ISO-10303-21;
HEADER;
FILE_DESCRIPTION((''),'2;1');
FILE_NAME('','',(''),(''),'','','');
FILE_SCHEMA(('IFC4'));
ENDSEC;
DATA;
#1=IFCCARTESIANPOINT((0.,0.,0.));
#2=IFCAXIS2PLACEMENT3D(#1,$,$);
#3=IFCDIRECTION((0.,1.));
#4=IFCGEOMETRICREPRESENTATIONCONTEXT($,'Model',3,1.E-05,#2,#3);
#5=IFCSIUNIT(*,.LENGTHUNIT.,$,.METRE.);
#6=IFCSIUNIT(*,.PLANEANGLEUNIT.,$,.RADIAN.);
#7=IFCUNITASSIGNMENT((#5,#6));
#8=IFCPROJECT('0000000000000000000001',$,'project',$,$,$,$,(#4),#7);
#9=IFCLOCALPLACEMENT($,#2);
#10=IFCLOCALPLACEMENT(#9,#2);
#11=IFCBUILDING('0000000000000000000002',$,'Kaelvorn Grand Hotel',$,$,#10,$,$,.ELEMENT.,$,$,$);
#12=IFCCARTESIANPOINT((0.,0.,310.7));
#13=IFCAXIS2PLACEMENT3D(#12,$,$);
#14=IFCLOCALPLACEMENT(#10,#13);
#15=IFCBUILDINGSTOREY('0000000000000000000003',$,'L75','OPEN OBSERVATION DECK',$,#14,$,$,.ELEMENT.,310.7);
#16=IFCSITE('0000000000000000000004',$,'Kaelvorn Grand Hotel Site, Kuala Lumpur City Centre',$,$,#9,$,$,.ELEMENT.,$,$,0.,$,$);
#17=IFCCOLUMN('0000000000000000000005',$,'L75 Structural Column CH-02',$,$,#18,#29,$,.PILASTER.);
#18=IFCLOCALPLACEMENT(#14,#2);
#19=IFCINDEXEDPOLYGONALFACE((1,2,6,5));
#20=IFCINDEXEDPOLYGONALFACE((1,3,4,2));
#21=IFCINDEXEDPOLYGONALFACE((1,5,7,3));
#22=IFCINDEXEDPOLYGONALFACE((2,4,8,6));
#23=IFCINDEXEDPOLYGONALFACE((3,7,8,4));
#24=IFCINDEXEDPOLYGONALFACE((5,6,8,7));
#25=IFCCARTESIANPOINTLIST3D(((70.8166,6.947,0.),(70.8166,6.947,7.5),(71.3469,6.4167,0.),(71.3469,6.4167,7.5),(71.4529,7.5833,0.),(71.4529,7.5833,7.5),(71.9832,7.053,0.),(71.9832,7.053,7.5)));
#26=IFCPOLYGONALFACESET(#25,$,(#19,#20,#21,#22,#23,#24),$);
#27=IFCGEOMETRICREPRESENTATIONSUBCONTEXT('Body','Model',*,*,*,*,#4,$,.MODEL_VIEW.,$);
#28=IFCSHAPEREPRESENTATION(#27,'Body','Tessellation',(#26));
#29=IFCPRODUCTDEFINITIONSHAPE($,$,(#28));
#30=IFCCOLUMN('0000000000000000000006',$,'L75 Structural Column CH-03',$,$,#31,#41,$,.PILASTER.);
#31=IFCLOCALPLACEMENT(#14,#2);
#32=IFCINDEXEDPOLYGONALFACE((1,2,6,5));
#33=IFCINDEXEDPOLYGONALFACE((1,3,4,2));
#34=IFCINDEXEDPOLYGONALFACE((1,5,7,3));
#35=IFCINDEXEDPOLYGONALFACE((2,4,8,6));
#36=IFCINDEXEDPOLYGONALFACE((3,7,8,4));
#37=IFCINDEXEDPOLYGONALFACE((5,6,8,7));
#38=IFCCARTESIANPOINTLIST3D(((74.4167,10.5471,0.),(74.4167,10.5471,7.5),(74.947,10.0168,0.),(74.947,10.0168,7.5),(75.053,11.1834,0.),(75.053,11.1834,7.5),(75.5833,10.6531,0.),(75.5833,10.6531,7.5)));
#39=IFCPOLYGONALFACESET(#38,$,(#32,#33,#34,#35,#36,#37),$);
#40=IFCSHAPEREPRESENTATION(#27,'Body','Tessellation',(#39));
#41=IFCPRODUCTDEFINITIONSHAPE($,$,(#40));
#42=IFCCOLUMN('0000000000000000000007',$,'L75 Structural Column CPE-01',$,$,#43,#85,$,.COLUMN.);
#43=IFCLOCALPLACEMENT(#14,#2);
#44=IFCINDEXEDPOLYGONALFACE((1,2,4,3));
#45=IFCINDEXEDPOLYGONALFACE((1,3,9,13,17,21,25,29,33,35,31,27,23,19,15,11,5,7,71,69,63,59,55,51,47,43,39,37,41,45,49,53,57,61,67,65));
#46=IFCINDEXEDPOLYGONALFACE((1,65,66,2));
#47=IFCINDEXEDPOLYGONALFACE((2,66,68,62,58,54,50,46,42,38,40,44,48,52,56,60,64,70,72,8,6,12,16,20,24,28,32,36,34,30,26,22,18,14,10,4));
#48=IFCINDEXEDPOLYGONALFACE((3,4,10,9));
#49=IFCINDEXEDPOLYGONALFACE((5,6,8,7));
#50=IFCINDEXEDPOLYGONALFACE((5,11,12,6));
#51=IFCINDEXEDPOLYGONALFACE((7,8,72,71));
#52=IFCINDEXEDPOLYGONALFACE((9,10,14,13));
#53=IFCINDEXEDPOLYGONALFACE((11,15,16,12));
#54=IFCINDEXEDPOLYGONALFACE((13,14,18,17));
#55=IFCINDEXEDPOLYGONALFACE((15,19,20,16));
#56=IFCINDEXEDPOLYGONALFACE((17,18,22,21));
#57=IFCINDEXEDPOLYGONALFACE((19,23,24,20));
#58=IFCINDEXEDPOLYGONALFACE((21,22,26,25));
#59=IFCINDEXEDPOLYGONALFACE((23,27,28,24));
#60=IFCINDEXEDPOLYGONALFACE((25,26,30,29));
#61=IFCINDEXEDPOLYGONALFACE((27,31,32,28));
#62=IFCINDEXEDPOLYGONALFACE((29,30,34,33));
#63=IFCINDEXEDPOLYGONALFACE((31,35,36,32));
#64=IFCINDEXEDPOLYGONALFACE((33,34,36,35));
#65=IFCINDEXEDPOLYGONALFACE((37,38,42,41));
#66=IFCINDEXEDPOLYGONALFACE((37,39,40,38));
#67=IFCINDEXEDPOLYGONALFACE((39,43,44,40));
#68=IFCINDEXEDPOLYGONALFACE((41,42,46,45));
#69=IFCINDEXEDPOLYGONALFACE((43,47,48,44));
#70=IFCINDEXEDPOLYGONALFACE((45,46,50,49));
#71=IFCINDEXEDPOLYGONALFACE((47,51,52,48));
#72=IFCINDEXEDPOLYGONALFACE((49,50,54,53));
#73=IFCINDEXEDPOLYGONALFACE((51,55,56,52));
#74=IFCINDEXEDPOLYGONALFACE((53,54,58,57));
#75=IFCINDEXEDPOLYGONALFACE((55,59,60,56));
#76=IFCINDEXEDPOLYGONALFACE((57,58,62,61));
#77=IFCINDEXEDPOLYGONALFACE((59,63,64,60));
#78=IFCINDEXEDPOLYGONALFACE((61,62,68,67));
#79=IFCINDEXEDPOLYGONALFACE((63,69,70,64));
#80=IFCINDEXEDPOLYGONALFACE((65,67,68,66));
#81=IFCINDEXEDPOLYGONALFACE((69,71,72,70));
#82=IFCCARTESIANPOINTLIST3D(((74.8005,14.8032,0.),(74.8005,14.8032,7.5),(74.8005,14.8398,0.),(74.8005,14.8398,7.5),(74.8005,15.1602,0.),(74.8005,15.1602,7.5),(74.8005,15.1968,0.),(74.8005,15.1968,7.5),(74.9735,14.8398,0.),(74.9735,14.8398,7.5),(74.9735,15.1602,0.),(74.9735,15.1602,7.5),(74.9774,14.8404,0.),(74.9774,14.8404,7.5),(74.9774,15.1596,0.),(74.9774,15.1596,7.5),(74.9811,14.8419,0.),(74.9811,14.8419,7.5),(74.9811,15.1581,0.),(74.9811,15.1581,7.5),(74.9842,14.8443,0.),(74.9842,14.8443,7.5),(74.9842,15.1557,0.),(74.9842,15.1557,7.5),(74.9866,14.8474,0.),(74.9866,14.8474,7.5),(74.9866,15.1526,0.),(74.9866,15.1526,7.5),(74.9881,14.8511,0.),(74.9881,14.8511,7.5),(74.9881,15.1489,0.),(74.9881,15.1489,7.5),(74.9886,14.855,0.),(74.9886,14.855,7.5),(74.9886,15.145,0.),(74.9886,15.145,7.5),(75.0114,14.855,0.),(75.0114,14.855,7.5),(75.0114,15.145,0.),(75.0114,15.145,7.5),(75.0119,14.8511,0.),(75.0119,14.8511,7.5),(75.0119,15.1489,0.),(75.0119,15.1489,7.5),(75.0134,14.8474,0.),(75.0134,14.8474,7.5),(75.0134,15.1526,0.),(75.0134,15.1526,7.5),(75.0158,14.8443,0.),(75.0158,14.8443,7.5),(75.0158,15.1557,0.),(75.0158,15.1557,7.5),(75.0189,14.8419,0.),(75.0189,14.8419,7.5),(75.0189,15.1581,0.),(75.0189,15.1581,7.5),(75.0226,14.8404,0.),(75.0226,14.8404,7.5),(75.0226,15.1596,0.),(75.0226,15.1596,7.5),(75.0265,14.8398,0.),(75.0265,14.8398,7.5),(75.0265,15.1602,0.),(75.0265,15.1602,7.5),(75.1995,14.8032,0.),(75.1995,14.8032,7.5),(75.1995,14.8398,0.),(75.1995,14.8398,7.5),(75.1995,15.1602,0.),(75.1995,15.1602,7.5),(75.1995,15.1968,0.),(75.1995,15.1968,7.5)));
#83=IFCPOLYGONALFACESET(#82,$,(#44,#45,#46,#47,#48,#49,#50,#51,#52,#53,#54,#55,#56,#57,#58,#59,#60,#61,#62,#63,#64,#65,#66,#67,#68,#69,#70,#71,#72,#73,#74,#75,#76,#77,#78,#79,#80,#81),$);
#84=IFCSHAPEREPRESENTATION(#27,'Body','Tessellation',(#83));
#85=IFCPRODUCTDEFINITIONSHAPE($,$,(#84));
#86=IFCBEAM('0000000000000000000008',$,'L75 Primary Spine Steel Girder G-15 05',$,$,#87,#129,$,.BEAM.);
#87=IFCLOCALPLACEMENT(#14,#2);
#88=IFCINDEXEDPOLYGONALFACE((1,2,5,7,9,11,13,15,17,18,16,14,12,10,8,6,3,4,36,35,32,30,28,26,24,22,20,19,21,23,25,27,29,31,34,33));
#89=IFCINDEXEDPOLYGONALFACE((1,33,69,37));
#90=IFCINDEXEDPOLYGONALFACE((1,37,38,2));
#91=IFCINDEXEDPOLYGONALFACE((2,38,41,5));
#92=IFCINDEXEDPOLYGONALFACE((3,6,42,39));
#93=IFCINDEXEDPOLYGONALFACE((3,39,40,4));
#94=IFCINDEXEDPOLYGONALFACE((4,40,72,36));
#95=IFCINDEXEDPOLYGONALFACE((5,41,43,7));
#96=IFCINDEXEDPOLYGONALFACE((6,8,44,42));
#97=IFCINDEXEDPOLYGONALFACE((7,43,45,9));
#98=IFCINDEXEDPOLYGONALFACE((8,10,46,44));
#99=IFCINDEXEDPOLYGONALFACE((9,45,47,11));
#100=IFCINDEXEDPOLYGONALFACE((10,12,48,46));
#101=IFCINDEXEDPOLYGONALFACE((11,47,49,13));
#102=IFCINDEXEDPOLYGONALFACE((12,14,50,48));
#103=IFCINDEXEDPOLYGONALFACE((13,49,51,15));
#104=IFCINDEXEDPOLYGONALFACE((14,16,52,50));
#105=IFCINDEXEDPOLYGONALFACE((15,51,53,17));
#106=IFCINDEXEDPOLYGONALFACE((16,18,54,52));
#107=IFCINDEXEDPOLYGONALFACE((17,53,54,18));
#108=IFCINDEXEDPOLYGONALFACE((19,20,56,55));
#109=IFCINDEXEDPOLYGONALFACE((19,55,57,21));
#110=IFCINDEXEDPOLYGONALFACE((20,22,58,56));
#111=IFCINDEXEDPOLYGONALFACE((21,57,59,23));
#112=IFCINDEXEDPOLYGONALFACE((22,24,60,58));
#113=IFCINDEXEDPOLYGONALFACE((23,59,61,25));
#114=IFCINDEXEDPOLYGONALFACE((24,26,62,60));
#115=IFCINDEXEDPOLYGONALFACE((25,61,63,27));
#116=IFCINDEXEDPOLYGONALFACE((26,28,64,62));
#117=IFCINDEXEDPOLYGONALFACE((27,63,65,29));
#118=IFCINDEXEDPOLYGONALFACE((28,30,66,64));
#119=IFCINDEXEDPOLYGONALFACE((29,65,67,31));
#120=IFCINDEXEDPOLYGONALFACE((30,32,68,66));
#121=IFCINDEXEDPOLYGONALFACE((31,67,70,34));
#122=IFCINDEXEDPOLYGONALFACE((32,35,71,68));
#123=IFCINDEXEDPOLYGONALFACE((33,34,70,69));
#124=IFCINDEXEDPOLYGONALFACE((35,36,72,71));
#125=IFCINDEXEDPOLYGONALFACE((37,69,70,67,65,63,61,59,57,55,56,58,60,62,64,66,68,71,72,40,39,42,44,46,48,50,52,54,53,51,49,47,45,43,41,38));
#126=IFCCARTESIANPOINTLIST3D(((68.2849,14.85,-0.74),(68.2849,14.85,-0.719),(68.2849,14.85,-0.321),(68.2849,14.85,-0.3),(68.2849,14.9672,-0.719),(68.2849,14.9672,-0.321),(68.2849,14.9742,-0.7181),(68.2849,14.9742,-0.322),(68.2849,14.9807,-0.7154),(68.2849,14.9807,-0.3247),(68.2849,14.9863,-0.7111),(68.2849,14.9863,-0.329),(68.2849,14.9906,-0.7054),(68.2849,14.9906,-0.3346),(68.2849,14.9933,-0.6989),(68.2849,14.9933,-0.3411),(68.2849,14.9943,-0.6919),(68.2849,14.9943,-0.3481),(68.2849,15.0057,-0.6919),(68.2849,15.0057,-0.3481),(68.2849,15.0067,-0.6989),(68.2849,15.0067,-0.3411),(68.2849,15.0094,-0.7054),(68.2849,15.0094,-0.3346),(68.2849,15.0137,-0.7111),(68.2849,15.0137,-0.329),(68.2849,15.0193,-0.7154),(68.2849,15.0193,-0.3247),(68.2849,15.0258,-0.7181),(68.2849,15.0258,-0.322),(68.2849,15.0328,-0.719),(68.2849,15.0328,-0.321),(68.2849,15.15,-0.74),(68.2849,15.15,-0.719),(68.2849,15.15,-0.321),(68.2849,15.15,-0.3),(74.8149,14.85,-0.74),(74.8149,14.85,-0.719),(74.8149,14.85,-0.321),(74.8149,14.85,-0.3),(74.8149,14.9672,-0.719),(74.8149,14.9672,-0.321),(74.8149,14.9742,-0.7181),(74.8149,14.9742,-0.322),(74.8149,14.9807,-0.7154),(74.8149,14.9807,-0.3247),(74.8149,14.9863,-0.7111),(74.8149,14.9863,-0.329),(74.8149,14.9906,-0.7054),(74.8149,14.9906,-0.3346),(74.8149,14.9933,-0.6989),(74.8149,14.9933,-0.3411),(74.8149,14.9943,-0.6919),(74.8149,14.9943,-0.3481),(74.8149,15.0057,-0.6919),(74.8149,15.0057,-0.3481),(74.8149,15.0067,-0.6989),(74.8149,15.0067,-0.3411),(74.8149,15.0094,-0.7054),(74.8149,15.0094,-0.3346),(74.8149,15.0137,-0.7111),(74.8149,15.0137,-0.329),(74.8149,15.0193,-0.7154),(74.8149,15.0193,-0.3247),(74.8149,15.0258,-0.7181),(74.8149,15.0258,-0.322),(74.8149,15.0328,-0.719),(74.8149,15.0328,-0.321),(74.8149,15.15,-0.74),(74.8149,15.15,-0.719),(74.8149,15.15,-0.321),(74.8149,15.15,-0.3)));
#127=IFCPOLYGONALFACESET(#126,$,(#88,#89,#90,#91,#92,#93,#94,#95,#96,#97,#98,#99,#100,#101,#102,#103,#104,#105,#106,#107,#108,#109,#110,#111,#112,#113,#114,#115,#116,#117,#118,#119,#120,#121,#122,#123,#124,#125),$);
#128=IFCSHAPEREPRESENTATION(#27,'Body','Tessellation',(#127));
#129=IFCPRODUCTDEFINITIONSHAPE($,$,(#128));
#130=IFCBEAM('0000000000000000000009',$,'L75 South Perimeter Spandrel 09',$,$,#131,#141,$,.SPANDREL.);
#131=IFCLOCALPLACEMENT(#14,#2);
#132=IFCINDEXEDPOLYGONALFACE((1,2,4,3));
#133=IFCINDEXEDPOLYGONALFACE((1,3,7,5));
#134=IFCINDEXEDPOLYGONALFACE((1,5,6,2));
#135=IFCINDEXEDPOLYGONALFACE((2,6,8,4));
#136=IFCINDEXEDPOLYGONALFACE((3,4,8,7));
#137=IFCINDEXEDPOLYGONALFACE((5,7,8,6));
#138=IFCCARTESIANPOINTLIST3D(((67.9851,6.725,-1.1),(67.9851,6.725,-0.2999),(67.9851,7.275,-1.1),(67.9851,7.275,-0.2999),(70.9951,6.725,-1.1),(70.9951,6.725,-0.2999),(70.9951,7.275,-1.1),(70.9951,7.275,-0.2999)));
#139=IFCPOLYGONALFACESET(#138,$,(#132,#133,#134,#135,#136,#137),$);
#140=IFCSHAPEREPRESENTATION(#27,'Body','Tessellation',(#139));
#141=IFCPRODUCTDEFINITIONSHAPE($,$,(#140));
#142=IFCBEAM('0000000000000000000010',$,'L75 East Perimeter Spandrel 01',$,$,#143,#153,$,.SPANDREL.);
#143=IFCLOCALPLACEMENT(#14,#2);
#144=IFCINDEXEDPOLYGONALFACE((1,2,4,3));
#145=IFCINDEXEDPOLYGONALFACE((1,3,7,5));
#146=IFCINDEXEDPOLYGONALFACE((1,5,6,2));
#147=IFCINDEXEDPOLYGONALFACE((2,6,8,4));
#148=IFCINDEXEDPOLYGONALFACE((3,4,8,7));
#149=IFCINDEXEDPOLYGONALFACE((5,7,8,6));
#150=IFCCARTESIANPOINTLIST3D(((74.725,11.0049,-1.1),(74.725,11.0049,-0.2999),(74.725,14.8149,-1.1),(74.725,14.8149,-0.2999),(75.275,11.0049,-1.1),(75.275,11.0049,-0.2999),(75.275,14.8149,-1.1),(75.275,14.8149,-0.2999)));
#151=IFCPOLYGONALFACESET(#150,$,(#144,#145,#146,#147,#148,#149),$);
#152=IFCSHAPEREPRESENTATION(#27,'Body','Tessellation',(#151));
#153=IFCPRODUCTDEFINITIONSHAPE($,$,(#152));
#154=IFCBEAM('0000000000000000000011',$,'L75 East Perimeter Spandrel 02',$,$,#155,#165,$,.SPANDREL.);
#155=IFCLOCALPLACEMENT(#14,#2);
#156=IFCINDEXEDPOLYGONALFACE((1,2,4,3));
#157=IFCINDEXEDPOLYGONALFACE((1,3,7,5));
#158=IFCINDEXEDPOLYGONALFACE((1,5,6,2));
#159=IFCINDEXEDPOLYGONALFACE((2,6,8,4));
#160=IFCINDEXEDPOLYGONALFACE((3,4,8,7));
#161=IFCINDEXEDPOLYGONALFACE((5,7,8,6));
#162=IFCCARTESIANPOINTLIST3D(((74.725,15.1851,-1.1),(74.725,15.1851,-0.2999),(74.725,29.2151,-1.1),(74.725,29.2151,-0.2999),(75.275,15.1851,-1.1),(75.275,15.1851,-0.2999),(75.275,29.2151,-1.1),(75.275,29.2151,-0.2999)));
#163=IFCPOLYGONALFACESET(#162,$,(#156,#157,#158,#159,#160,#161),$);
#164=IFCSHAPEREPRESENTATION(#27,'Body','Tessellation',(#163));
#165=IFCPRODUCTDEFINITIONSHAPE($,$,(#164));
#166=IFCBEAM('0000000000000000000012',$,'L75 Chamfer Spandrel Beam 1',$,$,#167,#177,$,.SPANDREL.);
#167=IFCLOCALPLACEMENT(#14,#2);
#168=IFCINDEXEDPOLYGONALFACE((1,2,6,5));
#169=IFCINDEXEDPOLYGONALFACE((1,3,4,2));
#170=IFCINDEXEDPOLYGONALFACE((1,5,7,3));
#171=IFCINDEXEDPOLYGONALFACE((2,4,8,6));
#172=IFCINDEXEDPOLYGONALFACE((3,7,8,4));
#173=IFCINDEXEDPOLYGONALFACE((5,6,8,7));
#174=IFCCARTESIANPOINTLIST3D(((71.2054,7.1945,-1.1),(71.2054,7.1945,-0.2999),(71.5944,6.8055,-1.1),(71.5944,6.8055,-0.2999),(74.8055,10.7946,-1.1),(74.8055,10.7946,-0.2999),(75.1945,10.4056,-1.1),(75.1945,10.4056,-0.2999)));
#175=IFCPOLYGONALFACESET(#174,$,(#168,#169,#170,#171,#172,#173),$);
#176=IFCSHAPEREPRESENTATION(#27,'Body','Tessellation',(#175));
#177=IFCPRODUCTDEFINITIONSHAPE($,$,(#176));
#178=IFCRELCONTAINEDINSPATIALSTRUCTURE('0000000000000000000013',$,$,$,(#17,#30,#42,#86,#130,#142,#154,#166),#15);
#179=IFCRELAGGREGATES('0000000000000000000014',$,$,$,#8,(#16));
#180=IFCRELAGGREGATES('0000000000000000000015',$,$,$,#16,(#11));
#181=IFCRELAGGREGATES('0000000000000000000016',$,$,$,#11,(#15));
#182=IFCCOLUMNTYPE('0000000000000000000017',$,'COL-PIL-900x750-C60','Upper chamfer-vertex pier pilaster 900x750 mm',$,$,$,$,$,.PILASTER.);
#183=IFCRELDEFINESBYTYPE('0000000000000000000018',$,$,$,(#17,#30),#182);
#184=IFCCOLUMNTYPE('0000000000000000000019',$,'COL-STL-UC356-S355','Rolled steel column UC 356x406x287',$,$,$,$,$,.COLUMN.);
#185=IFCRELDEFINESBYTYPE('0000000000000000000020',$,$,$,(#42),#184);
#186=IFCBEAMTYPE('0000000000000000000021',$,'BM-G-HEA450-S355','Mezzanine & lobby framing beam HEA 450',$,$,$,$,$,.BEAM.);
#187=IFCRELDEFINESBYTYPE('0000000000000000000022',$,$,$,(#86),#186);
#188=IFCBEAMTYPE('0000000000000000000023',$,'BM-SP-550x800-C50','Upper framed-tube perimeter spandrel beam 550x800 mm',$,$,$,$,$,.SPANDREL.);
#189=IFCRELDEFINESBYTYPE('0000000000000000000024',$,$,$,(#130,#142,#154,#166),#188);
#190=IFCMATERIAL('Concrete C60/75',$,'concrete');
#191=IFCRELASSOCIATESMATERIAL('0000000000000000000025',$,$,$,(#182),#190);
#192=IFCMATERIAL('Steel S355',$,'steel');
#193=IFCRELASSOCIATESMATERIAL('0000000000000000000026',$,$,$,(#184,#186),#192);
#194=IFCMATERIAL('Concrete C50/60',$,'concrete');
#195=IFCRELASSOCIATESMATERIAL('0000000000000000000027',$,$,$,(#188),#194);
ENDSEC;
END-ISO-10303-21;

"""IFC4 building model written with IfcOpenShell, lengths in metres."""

from ifc_helpers import new_model, si_unit, direction, frame, origin, origin_2d, place, context, subcontext, project, spatial, rectangle, i_section, extrude, material, material_profile, profile_set, type_object, element, save


model = new_model("IFC4")

# Units and contexts
model_context = context("Model", 3, precision=1e-05, world=origin(), true_north=direction((0.0, 1.0)))
body_context = subcontext(model_context, "Body", "Model", "MODEL_VIEW")
ifc_project = project(units=[si_unit("LENGTHUNIT", "METRE"), si_unit("PLANEANGLEUNIT", "RADIAN")], contexts=[model_context])

# Site, building, storey
site_placement = place(None, origin())
site = spatial("IfcSite", under=ifc_project, at=site_placement, Name="Kaelvorn Grand Hotel Site, Kuala Lumpur City Centre", CompositionType="ELEMENT", RefElevation=0.0)
building_placement = place(site_placement, origin())
building = spatial("IfcBuilding", under=site, at=building_placement, Name="Kaelvorn Grand Hotel", CompositionType="ELEMENT")
storey_placement = place(building_placement, frame((0.0, 0.0, 310.7)))
storey = spatial("IfcBuildingStorey", under=building, at=storey_placement, Name="L75", Description="OPEN OBSERVATION DECK", CompositionType="ELEMENT", Elevation=310.7)

# Columns
ifc_material_1 = material(Name="Concrete C60/75", Category="concrete")
ifc_material_profile_1 = material_profile(ifc_material_1, rectangle(XDim=0.8999, YDim=0.75, at=origin_2d()), Name="RC PILASTER 900x750")
ifc_profile_set_1 = profile_set([ifc_material_profile_1], Name="Concrete C60/75")
column_type_1 = type_object("IfcColumnType", Name="COL-PIL-900x750-C60", Description="Upper chamfer-vertex pier pilaster 900x750 mm", PredefinedType="PILASTER", material=ifc_profile_set_1)
for number, where, z_axis, x_axis, name in (
    (1, (71.3999, 7.0, 0.0), (0.0, 0.0, 1.0), (0.707107, 0.707107, 0.0), "L75 Structural Column CH-02"),
    (2, (75.0, 10.6001, 0.0), (0.0, 0.0, 1.0), (0.707107, 0.707107, 0.0), "L75 Structural Column CH-03"),
):
    element("IfcColumn", number, at=place(storey_placement, frame(where, z_axis=z_axis, x_axis=x_axis)), inside=storey, type_object=column_type_1, Name=name, PredefinedType="PILASTER", context=body_context, shape_type="SweptSolid", body=[
        extrude(rectangle(XDim=0.8999, YDim=0.75, at=origin_2d()), origin(), (0.0, 0.0, 1.0), 7.5),
    ])
ifc_material_2 = material(Name="Steel S355", Category="steel")
ifc_material_profile_2 = material_profile(ifc_material_2, i_section(OverallWidth=0.3989, OverallDepth=0.3936, WebThickness=0.0227, FlangeThickness=0.0366, FilletRadius=0.0151, at=origin_2d()), Name="UC 356x406x287")
ifc_profile_set_2 = profile_set([ifc_material_profile_2], Name="Steel S355")
column_type_2 = type_object("IfcColumnType", Name="COL-STL-UC356-S355", Description="Rolled steel column UC 356x406x287", PredefinedType="COLUMN", material=ifc_profile_set_2)
column_placement = place(storey_placement, frame((75.0, 15.0, 0.0), z_axis=(0.0, 0.0, 1.0), x_axis=(1.0, 0.0, 0.0)))
element("IfcColumn", 3, at=column_placement, inside=storey, type_object=column_type_2, Name="L75 Structural Column CPE-01", PredefinedType="COLUMN", context=body_context, shape_type="SweptSolid", body=[
    extrude(i_section(OverallWidth=0.3989, OverallDepth=0.3936, WebThickness=0.0227, FlangeThickness=0.0366, FilletRadius=0.0151, at=origin_2d()), origin(), (0.0, 0.0, 1.0), 7.5),
])

# Beams
ifc_material_profile_3 = material_profile(ifc_material_2, i_section(OverallWidth=0.3, OverallDepth=0.4399, WebThickness=0.0115, FlangeThickness=0.021, FilletRadius=0.0271, at=origin_2d()), Name="HEA 450")
ifc_profile_set_3 = profile_set([ifc_material_profile_3], Name="Steel S355")
beam_type_1 = type_object("IfcBeamType", Name="BM-G-HEA450-S355", Description="Mezzanine & lobby framing beam HEA 450", PredefinedType="BEAM", material=ifc_profile_set_3)
beam_1_placement = place(storey_placement, frame((68.2849, 15.0, -0.52), z_axis=(1.0, 0.0, 0.0), x_axis=(0.0, 1.0, 0.0)))
element("IfcBeam", 4, at=beam_1_placement, inside=storey, type_object=beam_type_1, Name="L75 Primary Spine Steel Girder G-15 05", PredefinedType="BEAM", context=body_context, shape_type="SweptSolid", body=[
    extrude(i_section(OverallWidth=0.3, OverallDepth=0.4399, WebThickness=0.0115, FlangeThickness=0.021, FilletRadius=0.0271, at=origin_2d()), origin(), (0.0, 0.0, 1.0), 6.53),
])
ifc_material_3 = material(Name="Concrete C50/60", Category="concrete")
ifc_material_profile_4 = material_profile(ifc_material_3, rectangle(XDim=0.55, YDim=0.8, at=origin_2d()), Name="RC SPANDREL 550x800")
ifc_profile_set_4 = profile_set([ifc_material_profile_4], Name="Concrete C50/60")
beam_type_2 = type_object("IfcBeamType", Name="BM-SP-550x800-C50", Description="Upper framed-tube perimeter spandrel beam 550x800 mm", PredefinedType="SPANDREL", material=ifc_profile_set_4)
beam_2_placement = place(storey_placement, frame((67.9851, 7.0, -0.7), z_axis=(1.0, 0.0, 0.0), x_axis=(0.0, 1.0, 0.0)))
element("IfcBeam", 5, at=beam_2_placement, inside=storey, type_object=beam_type_2, Name="L75 South Perimeter Spandrel 09", PredefinedType="SPANDREL", context=body_context, shape_type="SweptSolid", body=[
    extrude(rectangle(XDim=0.55, YDim=0.8, at=origin_2d()), origin(), (0.0, 0.0, 1.0), 3.01),
])
beam_3_placement = place(storey_placement, frame((75.0, 11.0049, -0.7), z_axis=(0.0, 1.0, 0.0), x_axis=(-1.0, 0.0, 0.0)))
element("IfcBeam", 6, at=beam_3_placement, inside=storey, type_object=beam_type_2, Name="L75 East Perimeter Spandrel 01", PredefinedType="SPANDREL", context=body_context, shape_type="SweptSolid", body=[
    extrude(rectangle(XDim=0.55, YDim=0.8, at=origin_2d()), origin(), (0.0, 0.0, 1.0), 3.8101),
])
beam_4_placement = place(storey_placement, frame((75.0, 15.1851, -0.7), z_axis=(0.0, 1.0, 0.0), x_axis=(-1.0, 0.0, 0.0)))
element("IfcBeam", 7, at=beam_4_placement, inside=storey, type_object=beam_type_2, Name="L75 East Perimeter Spandrel 02", PredefinedType="SPANDREL", context=body_context, shape_type="SweptSolid", body=[
    extrude(rectangle(XDim=0.55, YDim=0.8, at=origin_2d()), origin(), (0.0, 0.0, 1.0), 14.03),
])
beam_5_placement = place(storey_placement, frame((71.3999, 7.0, -0.7), z_axis=(0.707107, 0.707107, 0.0), x_axis=(-0.707107, 0.707107, 0.0)))
element("IfcBeam", 8, at=beam_5_placement, inside=storey, type_object=beam_type_2, Name="L75 Chamfer Spandrel Beam 1", PredefinedType="SPANDREL", context=body_context, shape_type="SweptSolid", body=[
    extrude(rectangle(XDim=0.55, YDim=0.8, at=origin_2d()), origin(), (0.0, 0.0, 1.0), 5.0913),
])

save(model, "model.ifc")
